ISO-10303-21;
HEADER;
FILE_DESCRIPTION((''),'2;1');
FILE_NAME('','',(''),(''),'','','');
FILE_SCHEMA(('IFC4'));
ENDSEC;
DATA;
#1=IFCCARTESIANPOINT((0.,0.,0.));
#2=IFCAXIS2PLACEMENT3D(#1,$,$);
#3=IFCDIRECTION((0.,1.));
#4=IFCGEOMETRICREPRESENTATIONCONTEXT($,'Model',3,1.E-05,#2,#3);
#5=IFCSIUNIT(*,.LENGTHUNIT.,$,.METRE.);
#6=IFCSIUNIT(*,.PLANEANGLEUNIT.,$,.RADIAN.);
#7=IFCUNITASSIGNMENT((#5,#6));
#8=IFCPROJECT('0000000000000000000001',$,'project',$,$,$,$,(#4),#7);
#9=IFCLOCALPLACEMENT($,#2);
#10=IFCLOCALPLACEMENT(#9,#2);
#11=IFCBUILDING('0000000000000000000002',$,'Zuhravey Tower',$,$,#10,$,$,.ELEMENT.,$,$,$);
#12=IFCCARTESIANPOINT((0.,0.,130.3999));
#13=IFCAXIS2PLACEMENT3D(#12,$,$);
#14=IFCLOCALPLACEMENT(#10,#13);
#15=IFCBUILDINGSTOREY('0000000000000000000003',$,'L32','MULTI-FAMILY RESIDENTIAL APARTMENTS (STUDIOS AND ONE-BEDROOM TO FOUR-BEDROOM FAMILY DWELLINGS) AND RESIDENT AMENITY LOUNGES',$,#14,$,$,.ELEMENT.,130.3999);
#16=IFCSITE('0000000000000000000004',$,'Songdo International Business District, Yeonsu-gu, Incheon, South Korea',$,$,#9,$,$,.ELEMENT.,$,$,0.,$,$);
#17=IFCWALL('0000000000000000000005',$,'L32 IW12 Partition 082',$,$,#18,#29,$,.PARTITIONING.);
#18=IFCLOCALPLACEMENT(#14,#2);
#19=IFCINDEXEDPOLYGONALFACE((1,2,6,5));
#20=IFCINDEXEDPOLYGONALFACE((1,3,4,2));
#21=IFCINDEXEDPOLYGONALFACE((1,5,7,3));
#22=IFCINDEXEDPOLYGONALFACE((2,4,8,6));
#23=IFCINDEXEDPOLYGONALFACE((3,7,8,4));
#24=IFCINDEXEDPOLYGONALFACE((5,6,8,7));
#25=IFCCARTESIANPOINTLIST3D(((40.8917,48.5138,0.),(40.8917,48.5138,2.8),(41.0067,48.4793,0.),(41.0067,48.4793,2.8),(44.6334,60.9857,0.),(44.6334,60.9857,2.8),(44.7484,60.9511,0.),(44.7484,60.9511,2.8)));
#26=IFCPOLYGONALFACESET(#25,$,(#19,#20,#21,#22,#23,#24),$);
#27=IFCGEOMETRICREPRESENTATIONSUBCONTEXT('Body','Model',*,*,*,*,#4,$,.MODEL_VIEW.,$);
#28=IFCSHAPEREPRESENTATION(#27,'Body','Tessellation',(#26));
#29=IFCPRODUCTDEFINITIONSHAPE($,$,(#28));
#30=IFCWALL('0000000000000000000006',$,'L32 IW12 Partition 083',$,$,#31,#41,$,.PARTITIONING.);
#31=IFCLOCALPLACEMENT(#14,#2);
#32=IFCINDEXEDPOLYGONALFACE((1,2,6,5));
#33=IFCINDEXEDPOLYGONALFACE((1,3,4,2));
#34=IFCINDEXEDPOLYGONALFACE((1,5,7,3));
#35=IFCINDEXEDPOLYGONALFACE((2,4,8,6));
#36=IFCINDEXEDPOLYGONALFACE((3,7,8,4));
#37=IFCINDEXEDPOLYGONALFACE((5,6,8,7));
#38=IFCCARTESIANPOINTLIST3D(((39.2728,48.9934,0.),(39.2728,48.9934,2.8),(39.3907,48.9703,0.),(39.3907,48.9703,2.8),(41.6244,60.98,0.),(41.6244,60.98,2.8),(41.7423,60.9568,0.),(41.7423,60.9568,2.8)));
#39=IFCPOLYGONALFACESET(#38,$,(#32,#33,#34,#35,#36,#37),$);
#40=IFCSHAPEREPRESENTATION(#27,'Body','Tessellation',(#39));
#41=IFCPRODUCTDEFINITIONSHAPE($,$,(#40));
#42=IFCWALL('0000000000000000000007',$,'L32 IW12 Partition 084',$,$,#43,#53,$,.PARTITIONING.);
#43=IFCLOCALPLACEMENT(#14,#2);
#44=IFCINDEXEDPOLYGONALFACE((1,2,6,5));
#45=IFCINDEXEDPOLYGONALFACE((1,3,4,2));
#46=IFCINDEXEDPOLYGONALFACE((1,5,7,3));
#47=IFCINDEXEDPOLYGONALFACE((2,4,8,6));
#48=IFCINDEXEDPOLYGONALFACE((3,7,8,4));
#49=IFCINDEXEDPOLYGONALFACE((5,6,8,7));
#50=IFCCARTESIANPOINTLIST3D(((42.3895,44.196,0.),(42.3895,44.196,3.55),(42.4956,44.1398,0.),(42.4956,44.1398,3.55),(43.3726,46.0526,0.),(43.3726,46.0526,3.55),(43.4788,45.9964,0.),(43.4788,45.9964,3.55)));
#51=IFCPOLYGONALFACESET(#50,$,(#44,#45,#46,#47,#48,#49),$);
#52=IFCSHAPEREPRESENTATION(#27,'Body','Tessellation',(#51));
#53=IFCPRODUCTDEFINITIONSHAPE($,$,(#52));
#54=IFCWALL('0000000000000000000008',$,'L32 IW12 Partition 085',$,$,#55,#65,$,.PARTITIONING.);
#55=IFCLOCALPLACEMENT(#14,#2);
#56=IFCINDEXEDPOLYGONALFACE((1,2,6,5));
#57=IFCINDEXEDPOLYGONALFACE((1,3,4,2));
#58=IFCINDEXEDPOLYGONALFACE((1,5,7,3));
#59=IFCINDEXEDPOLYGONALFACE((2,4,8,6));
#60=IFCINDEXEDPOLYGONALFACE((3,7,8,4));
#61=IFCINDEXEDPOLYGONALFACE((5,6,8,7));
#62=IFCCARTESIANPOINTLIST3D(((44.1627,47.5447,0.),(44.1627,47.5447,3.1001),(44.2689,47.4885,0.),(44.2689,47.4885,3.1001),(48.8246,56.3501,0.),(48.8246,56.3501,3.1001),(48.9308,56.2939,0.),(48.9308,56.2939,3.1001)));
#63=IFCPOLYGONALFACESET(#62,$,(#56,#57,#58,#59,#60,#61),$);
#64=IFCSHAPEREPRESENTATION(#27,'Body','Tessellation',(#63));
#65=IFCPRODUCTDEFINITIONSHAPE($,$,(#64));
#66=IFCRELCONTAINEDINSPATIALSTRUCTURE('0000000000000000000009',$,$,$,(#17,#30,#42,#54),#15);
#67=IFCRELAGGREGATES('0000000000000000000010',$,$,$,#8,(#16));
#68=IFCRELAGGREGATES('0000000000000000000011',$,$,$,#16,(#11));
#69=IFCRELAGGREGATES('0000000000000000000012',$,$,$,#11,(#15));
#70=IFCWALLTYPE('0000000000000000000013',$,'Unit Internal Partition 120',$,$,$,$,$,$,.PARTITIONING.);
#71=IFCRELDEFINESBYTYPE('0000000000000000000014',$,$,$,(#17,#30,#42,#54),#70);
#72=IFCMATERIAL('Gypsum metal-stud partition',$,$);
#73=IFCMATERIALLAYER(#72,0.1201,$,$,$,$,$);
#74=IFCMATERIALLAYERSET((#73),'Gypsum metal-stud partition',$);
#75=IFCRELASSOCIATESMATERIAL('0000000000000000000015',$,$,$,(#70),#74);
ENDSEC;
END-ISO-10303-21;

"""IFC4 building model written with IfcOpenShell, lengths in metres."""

from ifc_helpers import new_model, si_unit, direction, frame, frame_2d, origin, place, context, subcontext, project, spatial, rectangle, extrude, material, layer, layer_set, type_object, element, save


model = new_model("IFC4")

# Units and contexts
model_context = context("Model", 3, precision=1e-05, world=origin(), true_north=direction((0.0, 1.0)))
body_context = subcontext(model_context, "Body", "Model", "MODEL_VIEW")
ifc_project = project(units=[si_unit("LENGTHUNIT", "METRE"), si_unit("PLANEANGLEUNIT", "RADIAN")], contexts=[model_context])

# Site, building, storey
site_placement = place(None, origin())
site = spatial("IfcSite", under=ifc_project, at=site_placement, Name="Songdo International Business District, Yeonsu-gu, Incheon, South Korea", CompositionType="ELEMENT", RefElevation=0.0)
building_placement = place(site_placement, origin())
building = spatial("IfcBuilding", under=site, at=building_placement, Name="Zuhravey Tower", CompositionType="ELEMENT")
storey_placement = place(building_placement, frame((0.0, 0.0, 130.3999)))
storey = spatial("IfcBuildingStorey", under=building, at=storey_placement, Name="L32", Description="MULTI-FAMILY RESIDENTIAL APARTMENTS (STUDIOS AND ONE-BEDROOM TO FOUR-BEDROOM FAMILY DWELLINGS) AND RESIDENT AMENITY LOUNGES", CompositionType="ELEMENT", Elevation=130.3999)

# Shared definitions
ifc_material_1 = material(Name="Gypsum metal-stud partition")
ifc_layer_1 = layer(ifc_material_1, 0.1201)
ifc_layer_set_1 = layer_set([ifc_layer_1], Name="Gypsum metal-stud partition")
wall_type_1 = type_object("IfcWallType", Name="Unit Internal Partition 120", PredefinedType="PARTITIONING", material=ifc_layer_set_1)

# Walls
wall_1_placement = place(storey_placement, frame((40.9492, 48.4966, 0.0), z_axis=(0.0, 0.0, 1.0), x_axis=(0.287356, 0.957824, 0.0)))
element("IfcWall", 1, at=wall_1_placement, inside=storey, type_object=wall_type_1, Name="L32 IW12 Partition 082", PredefinedType="PARTITIONING", context=body_context, shape_type="SweptSolid", body=[
    extrude(rectangle(XDim=13.021, YDim=0.1201, at=frame_2d((6.5105, 0.0))), origin(), (0.0, 0.0, 1.0), 2.8),
])
wall_2_placement = place(storey_placement, frame((39.3318, 48.9819, 0.0), z_axis=(0.0, 0.0, 1.0), x_axis=(0.192513, 0.981294, 0.0)))
element("IfcWall", 2, at=wall_2_placement, inside=storey, type_object=wall_type_1, Name="L32 IW12 Partition 083", PredefinedType="PARTITIONING", context=body_context, shape_type="SweptSolid", body=[
    extrude(rectangle(XDim=12.2151, YDim=0.1201, at=frame_2d((6.1074, 0.0))), origin(), (0.0, 0.0, 1.0), 2.8),
])
wall_3_placement = place(storey_placement, frame((42.4426, 44.168, 0.0), z_axis=(0.0, 0.0, 1.0), x_axis=(0.467962, 0.883748, 0.0)))
element("IfcWall", 3, at=wall_3_placement, inside=storey, type_object=wall_type_1, Name="L32 IW12 Partition 084", PredefinedType="PARTITIONING", context=body_context, shape_type="SweptSolid", body=[
    extrude(rectangle(XDim=2.1008, YDim=0.1201, at=frame_2d((1.0503, 0.0))), origin(), (0.0, 0.0, 1.0), 3.55),
])
wall_4_placement = place(storey_placement, frame((44.2158, 47.5166, 0.0), z_axis=(0.0, 0.0, 1.0), x_axis=(0.467901, 0.883781, 0.0)))
element("IfcWall", 4, at=wall_4_placement, inside=storey, type_object=wall_type_1, Name="L32 IW12 Partition 085", PredefinedType="PARTITIONING", context=body_context, shape_type="SweptSolid", body=[
    extrude(rectangle(XDim=9.9634, YDim=0.1201, at=frame_2d((4.9817, 0.0))), origin(), (0.0, 0.0, 1.0), 3.1001),
])

save(model, "model.ifc")
